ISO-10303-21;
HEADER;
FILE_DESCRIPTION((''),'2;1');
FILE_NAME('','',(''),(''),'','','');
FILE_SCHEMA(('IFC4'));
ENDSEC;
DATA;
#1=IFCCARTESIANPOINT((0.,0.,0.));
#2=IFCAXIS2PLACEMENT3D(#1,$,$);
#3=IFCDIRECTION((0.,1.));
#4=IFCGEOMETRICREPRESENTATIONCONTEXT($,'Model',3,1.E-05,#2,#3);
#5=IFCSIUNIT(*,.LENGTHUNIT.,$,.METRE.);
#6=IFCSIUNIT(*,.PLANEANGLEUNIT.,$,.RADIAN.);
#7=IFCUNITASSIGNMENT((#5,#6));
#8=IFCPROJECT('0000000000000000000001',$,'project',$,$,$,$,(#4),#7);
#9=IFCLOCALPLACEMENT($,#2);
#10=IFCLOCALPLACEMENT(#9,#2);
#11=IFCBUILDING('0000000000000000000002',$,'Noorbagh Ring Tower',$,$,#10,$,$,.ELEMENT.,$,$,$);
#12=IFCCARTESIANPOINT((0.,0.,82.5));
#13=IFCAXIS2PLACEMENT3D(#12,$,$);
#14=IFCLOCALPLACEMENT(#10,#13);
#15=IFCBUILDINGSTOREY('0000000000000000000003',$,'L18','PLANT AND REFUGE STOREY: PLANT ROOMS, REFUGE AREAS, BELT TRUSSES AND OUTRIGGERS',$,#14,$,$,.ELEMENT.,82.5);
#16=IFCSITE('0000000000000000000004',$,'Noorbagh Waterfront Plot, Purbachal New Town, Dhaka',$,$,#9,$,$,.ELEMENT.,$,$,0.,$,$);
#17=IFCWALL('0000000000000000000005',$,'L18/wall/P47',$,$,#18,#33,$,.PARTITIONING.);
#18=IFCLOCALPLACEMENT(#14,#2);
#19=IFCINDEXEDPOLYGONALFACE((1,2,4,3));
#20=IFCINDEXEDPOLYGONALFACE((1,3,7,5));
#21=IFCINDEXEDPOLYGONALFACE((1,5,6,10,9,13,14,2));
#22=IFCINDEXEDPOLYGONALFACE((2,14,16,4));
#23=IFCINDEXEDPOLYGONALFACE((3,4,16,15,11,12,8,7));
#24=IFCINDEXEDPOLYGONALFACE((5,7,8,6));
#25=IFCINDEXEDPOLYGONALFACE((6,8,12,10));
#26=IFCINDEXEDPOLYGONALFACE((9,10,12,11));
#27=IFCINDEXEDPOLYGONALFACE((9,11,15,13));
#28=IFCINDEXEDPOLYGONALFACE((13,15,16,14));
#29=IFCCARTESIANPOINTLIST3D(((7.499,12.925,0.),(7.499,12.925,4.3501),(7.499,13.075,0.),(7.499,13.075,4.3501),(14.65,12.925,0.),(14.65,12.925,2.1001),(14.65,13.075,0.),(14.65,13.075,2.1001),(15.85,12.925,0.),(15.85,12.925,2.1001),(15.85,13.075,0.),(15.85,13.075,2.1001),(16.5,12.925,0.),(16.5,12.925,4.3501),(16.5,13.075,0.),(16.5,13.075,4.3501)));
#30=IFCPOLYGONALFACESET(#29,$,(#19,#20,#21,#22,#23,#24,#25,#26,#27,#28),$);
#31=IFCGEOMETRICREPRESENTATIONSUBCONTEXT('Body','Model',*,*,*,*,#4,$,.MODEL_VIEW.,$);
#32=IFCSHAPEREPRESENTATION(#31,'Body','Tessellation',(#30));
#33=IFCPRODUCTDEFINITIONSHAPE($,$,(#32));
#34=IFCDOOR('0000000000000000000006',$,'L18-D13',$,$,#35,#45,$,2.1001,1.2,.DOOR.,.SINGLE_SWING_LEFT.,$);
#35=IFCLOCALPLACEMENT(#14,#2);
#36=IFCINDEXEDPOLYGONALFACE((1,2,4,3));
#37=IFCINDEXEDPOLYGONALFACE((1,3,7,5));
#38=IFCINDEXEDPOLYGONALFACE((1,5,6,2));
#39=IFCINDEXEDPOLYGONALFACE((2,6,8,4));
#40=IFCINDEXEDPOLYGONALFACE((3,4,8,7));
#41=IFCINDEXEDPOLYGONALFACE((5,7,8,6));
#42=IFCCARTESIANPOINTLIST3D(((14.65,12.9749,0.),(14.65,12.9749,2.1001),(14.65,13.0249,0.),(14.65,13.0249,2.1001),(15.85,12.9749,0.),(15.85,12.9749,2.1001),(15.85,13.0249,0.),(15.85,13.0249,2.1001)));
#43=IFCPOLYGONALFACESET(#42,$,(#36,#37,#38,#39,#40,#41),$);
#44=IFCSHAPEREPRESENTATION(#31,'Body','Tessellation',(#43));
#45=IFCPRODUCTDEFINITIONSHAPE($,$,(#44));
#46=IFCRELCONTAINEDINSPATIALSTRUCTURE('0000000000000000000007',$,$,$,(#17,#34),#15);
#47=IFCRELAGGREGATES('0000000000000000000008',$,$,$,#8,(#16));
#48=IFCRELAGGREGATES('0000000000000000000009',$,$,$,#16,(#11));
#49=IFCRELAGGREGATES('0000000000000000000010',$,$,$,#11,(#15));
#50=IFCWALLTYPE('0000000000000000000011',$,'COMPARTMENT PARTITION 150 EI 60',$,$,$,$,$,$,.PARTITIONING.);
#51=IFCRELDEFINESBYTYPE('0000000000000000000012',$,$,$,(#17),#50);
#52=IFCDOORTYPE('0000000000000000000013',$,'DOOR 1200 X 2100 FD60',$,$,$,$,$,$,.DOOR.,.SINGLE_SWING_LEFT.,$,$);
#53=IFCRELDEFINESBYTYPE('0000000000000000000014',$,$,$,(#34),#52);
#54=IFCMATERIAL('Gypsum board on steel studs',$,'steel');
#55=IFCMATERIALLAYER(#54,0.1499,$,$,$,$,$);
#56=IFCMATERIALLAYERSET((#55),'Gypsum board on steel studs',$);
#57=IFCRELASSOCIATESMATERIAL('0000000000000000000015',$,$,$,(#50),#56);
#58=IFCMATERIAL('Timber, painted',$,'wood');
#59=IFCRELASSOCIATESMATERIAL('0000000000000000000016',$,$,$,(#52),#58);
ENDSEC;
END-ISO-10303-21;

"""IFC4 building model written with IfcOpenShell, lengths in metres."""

from ifc_helpers import new_model, si_unit, direction, frame, frame_2d, origin, place, context, subcontext, project, spatial, rectangle, extrude, material, layer, layer_set, type_object, element, fill, save


model = new_model("IFC4")

# Units and contexts
model_context = context("Model", 3, precision=1e-05, world=origin(), true_north=direction((0.0, 1.0)))
body_context = subcontext(model_context, "Body", "Model", "MODEL_VIEW")
ifc_project = project(units=[si_unit("LENGTHUNIT", "METRE"), si_unit("PLANEANGLEUNIT", "RADIAN")], contexts=[model_context])

# Site, building, storey
site_placement = place(None, origin())
site = spatial("IfcSite", under=ifc_project, at=site_placement, Name="Noorbagh Waterfront Plot, Purbachal New Town, Dhaka", CompositionType="ELEMENT", RefElevation=0.0)
building_placement = place(site_placement, origin())
building = spatial("IfcBuilding", under=site, at=building_placement, Name="Noorbagh Ring Tower", CompositionType="ELEMENT")
storey_placement = place(building_placement, frame((0.0, 0.0, 82.5)))
storey = spatial("IfcBuildingStorey", under=building, at=storey_placement, Name="L18", Description="PLANT AND REFUGE STOREY: PLANT ROOMS, REFUGE AREAS, BELT TRUSSES AND OUTRIGGERS", CompositionType="ELEMENT", Elevation=82.5)

# Shared definitions
ifc_material_1 = material(Name="Gypsum board on steel studs", Category="steel")
ifc_layer = layer(ifc_material_1, 0.1499)
ifc_layer_set = layer_set([ifc_layer], Name="Gypsum board on steel studs")
wall_type = type_object("IfcWallType", Name="COMPARTMENT PARTITION 150 EI 60", PredefinedType="PARTITIONING", material=ifc_layer_set)

# Shared definitions
ifc_material_2 = material(Name="Timber, painted", Category="wood")
door_type_1 = type_object("IfcDoorType", Name="DOOR 1200 X 2100 FD60", OperationType="SINGLE_SWING_LEFT", PredefinedType="DOOR", material=ifc_material_2)

# Wall, opening, door
wall_1_placement = place(storey_placement, frame((7.499, 13.0, 0.0), z_axis=(0.0, 0.0, 1.0), x_axis=(1.0, 0.0, 0.0)))
wall_1 = element("IfcWall", 1, at=wall_1_placement, inside=storey, type_object=wall_type, Name="L18/wall/P47", PredefinedType="PARTITIONING", context=body_context, shape_type="SweptSolid", body=[
    extrude(rectangle(XDim=9.001, YDim=0.1499, at=frame_2d((4.5005, 0.0))), origin(), (0.0, 0.0, 1.0), 4.3501),
])
opening_1_placement = place(wall_1_placement, frame((7.1509, 0.0, 0.0)))
opening_1 = element("IfcOpeningElement", 2, at=opening_1_placement, cuts=wall_1, PredefinedType="OPENING", context=body_context, shape_type="SweptSolid", body=[
    extrude(rectangle(XDim=1.2, YDim=2.1001, at=frame_2d((0.6001, 1.05))), frame((0.0, 0.085, 0.0), z_axis=(0.0, -1.0, 0.0), x_axis=(1.0, 0.0, 0.0)), (0.0, 0.0, 1.0), 0.1699),
])
door_1_placement = place(opening_1_placement, origin())
door_1 = element("IfcDoor", 3, at=door_1_placement, inside=storey, type_object=door_type_1, Name="L18-D13", OperationType="SINGLE_SWING_LEFT", OverallHeight=2.1001, OverallWidth=1.2, PredefinedType="DOOR", context=body_context, shape_type="SweptSolid", body=[
    extrude(rectangle(XDim=1.2, YDim=2.1001, at=frame_2d((0.6001, 1.05))), frame((0.0, 0.0249, 0.0), z_axis=(0.0, -1.0, 0.0), x_axis=(1.0, 0.0, 0.0)), (0.0, 0.0, 1.0), 0.05),
])
fill(opening_1, door_1)

save(model, "model.ifc")
